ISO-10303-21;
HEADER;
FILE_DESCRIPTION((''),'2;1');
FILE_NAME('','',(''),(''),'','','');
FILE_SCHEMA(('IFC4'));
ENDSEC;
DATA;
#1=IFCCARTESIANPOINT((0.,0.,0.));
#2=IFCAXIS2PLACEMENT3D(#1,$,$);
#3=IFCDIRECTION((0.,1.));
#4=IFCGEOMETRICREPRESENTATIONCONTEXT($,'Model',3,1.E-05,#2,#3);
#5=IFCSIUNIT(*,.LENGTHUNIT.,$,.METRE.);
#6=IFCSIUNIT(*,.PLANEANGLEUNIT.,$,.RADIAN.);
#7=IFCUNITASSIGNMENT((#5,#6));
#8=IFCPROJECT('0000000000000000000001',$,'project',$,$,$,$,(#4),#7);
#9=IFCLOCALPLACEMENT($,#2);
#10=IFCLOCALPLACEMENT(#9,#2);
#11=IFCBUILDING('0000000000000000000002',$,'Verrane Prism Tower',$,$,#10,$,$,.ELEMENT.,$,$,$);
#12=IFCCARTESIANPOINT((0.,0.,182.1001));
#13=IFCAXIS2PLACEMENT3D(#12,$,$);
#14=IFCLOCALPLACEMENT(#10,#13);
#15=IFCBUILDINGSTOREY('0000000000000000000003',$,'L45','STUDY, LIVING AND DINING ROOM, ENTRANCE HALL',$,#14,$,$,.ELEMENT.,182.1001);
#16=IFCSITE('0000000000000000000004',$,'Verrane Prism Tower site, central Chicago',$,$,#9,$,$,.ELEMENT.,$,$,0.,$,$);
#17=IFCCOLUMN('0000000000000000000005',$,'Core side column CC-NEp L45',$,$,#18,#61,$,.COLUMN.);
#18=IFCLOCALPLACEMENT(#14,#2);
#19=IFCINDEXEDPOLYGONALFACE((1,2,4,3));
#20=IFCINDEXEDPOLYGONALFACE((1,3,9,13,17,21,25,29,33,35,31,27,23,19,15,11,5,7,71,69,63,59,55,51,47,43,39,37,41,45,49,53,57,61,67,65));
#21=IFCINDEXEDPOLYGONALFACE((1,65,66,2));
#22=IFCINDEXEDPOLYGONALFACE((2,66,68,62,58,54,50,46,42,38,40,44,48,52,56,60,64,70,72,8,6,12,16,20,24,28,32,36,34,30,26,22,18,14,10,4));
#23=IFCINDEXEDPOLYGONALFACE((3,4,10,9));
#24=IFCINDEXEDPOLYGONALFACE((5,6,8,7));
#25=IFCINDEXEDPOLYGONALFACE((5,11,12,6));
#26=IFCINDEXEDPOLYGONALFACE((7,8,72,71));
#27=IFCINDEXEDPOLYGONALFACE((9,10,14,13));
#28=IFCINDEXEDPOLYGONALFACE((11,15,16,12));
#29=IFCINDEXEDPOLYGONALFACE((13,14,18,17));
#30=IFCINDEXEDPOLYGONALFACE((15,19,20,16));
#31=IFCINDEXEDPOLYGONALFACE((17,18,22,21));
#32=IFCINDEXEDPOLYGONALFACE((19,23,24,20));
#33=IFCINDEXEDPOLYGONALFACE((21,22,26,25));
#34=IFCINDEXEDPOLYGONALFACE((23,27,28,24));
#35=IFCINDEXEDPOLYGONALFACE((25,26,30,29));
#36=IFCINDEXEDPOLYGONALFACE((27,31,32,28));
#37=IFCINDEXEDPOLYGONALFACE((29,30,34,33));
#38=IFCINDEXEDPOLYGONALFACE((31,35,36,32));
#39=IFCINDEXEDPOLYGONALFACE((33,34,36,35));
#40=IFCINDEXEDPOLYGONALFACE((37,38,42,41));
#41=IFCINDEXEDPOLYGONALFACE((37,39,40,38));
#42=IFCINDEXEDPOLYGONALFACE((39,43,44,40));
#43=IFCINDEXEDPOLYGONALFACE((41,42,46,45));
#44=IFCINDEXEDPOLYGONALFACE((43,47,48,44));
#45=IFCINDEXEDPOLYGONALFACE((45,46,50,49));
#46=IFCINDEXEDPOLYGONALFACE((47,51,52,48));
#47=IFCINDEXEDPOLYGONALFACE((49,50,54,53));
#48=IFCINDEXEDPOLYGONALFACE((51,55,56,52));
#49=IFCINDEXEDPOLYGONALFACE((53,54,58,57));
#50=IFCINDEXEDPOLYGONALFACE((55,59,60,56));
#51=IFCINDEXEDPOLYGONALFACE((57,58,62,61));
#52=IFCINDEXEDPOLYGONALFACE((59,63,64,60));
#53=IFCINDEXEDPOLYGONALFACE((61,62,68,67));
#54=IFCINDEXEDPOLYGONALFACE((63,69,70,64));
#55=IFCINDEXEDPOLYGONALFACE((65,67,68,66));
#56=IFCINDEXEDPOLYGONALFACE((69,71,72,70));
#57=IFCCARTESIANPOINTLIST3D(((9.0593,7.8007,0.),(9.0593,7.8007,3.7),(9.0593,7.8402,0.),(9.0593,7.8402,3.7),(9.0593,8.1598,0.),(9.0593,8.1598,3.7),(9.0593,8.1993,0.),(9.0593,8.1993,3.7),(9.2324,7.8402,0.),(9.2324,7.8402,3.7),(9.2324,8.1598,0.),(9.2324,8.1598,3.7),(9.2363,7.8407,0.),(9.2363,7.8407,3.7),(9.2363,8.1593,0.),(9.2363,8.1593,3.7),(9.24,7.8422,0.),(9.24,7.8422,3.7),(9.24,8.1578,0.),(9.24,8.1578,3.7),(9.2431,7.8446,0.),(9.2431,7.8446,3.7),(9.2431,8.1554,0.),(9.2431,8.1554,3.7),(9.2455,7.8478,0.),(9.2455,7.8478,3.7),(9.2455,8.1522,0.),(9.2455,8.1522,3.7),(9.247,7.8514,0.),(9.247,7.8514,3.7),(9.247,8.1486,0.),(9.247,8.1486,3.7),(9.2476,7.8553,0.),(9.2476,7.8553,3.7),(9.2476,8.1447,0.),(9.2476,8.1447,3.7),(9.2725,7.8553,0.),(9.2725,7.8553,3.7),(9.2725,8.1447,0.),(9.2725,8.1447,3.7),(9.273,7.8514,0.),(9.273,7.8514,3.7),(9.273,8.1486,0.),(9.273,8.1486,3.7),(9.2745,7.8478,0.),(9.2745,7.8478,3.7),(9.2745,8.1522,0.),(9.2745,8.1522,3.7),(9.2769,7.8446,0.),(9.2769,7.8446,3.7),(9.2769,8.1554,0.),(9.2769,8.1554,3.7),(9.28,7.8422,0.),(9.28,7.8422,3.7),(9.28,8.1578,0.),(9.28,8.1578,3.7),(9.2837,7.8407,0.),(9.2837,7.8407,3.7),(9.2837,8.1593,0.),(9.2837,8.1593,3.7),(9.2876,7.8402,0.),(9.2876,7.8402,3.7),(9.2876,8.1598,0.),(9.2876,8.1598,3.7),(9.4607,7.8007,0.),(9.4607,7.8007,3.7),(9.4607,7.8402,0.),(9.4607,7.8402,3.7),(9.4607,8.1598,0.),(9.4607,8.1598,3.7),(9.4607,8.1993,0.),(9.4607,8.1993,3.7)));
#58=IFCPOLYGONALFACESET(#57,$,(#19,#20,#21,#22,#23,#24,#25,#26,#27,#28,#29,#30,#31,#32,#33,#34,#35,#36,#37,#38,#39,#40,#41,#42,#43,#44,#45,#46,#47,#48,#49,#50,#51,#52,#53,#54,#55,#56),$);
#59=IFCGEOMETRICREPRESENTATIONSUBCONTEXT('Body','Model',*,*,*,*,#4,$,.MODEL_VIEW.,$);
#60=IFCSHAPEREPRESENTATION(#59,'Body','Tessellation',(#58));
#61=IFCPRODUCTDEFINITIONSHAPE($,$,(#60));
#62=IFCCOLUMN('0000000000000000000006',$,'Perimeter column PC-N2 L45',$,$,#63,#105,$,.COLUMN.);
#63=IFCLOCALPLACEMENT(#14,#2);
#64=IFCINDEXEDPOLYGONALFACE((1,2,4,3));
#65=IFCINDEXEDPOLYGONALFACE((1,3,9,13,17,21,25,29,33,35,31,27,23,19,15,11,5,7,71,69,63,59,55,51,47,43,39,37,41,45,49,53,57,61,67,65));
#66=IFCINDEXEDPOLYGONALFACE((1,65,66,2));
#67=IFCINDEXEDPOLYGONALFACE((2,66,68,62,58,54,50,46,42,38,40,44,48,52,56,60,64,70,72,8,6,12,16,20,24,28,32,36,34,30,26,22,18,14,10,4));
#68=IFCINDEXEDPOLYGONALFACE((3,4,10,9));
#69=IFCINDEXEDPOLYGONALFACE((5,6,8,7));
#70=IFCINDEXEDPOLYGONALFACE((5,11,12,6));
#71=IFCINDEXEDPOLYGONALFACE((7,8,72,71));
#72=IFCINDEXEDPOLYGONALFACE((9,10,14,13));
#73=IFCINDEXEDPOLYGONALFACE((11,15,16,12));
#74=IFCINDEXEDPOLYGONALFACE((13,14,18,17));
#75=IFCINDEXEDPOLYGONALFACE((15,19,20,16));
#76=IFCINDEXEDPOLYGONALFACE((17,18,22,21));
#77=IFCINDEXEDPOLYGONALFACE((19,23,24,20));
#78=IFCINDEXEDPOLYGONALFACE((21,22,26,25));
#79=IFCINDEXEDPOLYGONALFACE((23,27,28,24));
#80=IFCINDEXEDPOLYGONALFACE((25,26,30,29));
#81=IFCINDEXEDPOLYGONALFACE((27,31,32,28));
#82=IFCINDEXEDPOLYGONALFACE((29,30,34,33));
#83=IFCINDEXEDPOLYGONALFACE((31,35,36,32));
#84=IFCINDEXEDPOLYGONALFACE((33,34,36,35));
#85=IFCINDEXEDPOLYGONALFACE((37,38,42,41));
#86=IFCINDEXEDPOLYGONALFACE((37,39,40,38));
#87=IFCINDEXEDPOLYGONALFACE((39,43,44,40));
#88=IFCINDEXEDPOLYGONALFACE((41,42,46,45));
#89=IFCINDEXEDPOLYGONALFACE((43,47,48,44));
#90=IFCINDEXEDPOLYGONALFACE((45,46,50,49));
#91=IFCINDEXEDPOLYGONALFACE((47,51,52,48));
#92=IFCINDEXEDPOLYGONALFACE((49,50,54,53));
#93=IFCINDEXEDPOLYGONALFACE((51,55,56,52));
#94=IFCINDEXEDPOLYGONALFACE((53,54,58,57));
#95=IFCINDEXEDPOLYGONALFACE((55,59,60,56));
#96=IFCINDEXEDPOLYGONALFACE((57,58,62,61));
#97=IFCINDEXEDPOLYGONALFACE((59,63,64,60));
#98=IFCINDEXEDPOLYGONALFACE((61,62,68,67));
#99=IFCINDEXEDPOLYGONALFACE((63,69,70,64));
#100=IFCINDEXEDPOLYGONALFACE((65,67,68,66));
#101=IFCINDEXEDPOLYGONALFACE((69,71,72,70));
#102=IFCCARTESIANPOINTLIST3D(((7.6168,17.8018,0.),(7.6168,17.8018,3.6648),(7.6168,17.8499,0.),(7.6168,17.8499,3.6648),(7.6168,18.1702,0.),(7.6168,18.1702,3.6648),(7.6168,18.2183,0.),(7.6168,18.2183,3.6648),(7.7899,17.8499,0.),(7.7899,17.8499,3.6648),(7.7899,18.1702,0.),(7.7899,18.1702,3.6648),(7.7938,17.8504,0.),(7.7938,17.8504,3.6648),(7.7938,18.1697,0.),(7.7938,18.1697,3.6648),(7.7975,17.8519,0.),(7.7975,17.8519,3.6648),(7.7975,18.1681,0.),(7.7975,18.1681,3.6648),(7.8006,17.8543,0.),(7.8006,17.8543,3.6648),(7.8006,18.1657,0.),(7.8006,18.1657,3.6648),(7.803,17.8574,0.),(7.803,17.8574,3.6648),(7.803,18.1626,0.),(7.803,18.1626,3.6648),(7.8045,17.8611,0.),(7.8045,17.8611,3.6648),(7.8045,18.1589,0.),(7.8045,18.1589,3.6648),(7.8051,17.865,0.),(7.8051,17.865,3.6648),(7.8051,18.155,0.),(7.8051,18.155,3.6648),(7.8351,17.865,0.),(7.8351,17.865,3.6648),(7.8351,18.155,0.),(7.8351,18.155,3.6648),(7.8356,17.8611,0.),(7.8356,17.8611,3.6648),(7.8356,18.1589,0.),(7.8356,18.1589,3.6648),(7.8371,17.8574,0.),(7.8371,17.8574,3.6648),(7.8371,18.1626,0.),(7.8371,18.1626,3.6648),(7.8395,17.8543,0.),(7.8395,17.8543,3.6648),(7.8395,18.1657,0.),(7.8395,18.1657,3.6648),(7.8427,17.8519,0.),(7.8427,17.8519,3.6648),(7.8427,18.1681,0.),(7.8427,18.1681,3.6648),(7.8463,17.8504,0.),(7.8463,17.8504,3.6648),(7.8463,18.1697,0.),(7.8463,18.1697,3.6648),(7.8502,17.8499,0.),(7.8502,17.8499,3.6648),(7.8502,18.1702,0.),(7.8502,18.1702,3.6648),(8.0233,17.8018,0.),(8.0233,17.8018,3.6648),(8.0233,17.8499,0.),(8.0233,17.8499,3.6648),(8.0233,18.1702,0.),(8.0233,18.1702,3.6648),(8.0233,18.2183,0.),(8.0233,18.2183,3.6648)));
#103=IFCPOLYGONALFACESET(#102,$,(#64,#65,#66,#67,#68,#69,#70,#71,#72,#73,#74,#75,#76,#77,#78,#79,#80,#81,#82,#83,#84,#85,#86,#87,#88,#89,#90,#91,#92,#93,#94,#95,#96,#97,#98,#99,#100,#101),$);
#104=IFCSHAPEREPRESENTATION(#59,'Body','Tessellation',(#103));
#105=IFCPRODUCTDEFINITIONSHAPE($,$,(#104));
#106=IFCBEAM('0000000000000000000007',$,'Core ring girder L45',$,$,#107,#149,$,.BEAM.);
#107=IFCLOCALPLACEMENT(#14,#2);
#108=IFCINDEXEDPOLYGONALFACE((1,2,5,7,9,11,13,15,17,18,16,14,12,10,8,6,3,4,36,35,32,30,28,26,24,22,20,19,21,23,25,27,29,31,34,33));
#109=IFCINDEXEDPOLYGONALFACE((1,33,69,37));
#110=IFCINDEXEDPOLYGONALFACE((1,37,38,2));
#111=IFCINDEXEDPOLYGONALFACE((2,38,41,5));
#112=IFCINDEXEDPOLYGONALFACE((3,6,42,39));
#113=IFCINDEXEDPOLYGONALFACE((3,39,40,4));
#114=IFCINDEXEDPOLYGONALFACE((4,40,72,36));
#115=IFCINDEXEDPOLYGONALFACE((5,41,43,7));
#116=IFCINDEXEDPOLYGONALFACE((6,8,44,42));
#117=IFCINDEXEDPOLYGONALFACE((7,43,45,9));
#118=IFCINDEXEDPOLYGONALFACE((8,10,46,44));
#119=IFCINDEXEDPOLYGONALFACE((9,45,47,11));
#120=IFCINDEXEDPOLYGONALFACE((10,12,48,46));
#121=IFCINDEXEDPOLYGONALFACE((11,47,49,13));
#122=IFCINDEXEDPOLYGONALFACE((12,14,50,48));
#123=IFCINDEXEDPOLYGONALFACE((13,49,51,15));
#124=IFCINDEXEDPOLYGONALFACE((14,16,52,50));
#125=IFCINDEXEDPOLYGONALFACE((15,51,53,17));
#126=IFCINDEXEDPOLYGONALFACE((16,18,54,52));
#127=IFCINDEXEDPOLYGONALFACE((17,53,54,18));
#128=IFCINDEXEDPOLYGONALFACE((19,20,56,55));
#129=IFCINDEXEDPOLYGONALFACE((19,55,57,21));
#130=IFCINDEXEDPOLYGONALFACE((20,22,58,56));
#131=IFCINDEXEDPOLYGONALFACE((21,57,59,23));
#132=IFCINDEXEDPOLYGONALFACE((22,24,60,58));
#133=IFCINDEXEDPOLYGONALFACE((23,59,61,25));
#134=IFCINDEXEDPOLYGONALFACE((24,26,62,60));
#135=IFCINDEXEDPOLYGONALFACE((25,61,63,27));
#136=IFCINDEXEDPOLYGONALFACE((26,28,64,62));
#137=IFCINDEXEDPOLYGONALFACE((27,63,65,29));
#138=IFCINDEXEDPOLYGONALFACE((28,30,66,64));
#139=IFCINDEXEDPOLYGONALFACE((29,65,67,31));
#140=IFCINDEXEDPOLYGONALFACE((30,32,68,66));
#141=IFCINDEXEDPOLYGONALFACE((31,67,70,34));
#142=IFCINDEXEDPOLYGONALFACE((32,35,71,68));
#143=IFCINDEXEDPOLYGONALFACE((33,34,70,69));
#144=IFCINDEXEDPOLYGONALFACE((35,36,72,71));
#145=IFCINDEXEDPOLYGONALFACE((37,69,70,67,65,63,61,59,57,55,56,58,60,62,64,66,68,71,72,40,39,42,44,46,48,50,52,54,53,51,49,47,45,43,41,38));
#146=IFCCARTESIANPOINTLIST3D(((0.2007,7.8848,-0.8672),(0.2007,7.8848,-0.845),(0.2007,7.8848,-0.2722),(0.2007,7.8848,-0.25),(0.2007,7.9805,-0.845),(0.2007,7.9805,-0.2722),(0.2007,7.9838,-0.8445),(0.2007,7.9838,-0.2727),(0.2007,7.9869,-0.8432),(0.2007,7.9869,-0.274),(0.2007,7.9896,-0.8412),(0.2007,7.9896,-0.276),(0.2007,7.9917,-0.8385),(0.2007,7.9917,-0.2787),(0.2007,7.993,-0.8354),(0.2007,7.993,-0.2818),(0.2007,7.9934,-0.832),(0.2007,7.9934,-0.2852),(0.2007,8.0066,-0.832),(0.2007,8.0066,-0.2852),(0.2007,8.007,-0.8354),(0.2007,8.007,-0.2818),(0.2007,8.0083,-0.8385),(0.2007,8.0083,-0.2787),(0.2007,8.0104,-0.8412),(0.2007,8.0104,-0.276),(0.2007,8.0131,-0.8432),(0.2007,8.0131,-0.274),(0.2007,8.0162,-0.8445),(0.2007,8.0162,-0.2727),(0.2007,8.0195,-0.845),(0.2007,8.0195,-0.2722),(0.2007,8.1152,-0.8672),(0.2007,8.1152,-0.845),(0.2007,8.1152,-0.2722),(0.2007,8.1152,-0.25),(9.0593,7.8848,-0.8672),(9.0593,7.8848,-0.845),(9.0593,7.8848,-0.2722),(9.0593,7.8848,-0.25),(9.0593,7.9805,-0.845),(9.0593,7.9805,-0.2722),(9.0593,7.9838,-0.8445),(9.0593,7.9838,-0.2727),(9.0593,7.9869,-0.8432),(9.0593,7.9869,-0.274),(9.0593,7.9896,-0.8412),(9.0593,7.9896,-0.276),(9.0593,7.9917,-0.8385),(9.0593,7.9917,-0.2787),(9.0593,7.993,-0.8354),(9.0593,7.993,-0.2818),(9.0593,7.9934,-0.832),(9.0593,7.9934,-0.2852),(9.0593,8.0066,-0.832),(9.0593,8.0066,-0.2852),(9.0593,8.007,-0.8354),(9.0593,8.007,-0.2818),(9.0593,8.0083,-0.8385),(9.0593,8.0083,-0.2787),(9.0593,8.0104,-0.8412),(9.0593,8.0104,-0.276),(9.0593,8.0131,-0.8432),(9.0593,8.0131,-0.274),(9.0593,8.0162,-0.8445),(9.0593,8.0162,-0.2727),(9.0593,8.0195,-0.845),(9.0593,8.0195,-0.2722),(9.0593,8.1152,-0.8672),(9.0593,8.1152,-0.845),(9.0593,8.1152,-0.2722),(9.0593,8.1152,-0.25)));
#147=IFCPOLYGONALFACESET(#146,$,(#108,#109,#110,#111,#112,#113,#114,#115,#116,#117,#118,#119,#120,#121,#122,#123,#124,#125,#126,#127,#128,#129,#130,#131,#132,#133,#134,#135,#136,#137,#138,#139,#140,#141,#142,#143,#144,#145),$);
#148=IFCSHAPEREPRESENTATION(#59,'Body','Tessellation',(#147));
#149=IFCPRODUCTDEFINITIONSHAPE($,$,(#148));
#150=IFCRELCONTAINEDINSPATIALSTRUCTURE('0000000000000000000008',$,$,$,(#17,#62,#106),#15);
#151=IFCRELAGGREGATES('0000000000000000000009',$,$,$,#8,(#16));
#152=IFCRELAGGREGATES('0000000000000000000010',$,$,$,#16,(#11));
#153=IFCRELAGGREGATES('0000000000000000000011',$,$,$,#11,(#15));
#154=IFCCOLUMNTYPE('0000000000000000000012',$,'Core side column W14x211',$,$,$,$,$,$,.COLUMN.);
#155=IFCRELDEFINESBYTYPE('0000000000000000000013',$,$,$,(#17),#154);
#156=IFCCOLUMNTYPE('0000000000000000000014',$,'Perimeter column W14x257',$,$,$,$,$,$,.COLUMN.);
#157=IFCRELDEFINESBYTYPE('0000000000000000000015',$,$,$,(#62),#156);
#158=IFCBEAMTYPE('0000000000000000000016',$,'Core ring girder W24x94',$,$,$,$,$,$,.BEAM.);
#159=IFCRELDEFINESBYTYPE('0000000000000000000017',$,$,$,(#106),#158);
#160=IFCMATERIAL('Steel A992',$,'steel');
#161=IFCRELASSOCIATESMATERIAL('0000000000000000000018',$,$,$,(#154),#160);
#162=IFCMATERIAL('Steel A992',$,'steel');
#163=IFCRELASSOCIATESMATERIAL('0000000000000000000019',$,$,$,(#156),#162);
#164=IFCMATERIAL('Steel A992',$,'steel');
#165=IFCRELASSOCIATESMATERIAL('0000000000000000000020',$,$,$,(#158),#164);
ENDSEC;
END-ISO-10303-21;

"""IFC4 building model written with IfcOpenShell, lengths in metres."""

from ifc_helpers import new_model, si_unit, direction, frame, origin, origin_2d, place, context, subcontext, project, spatial, i_section, extrude, material, material_profile, profile_set, type_object, element, save


model = new_model("IFC4")

# Units and contexts
model_context = context("Model", 3, precision=1e-05, world=origin(), true_north=direction((0.0, 1.0)))
body_context = subcontext(model_context, "Body", "Model", "MODEL_VIEW")
ifc_project = project(units=[si_unit("LENGTHUNIT", "METRE"), si_unit("PLANEANGLEUNIT", "RADIAN")], contexts=[model_context])

# Site, building, storey
site_placement = place(None, origin())
site = spatial("IfcSite", under=ifc_project, at=site_placement, Name="Verrane Prism Tower site, central Chicago", CompositionType="ELEMENT", RefElevation=0.0)
building_placement = place(site_placement, origin())
building = spatial("IfcBuilding", under=site, at=building_placement, Name="Verrane Prism Tower", CompositionType="ELEMENT")
storey_placement = place(building_placement, frame((0.0, 0.0, 182.1001)))
storey = spatial("IfcBuildingStorey", under=building, at=storey_placement, Name="L45", Description="STUDY, LIVING AND DINING ROOM, ENTRANCE HALL", CompositionType="ELEMENT", Elevation=182.1001)

# Columns
ifc_material_1 = material(Name="Steel A992", Category="steel")
ifc_material_profile_1 = material_profile(ifc_material_1, i_section(OverallWidth=0.4014, OverallDepth=0.3987, WebThickness=0.0249, FlangeThickness=0.0396, FilletRadius=0.0151, at=origin_2d()), Name="W14x211")
ifc_profile_set_1 = profile_set([ifc_material_profile_1], Name="Steel A992")
column_type_1 = type_object("IfcColumnType", Name="Core side column W14x211", PredefinedType="COLUMN", material=ifc_profile_set_1)
column_1_placement = place(storey_placement, frame((9.26, 8.0, 0.0), z_axis=(0.0, 0.0, 1.0), x_axis=(1.0, 0.0, 0.0)))
element("IfcColumn", 1, at=column_1_placement, inside=storey, type_object=column_type_1, Name="Core side column CC-NEp L45", PredefinedType="COLUMN", context=body_context, shape_type="SweptSolid", body=[
    extrude(i_section(OverallWidth=0.4014, OverallDepth=0.3987, WebThickness=0.0249, FlangeThickness=0.0396, FilletRadius=0.0151, at=origin_2d()), origin(), (0.0, 0.0, 1.0), 3.7),
])
ifc_material_2 = material(Name="Steel A992", Category="steel")
ifc_material_profile_2 = material_profile(ifc_material_2, i_section(OverallWidth=0.4065, OverallDepth=0.4165, WebThickness=0.03, FlangeThickness=0.0481, FilletRadius=0.0151, at=origin_2d()), Name="W14x257")
ifc_profile_set_2 = profile_set([ifc_material_profile_2], Name="Steel A992")
column_type_2 = type_object("IfcColumnType", Name="Perimeter column W14x257", PredefinedType="COLUMN", material=ifc_profile_set_2)
column_2_placement = place(storey_placement, frame((7.8201, 18.01, 0.0), z_axis=(0.0, 0.0, 1.0), x_axis=(1.0, 0.0, 0.0)))
element("IfcColumn", 2, at=column_2_placement, inside=storey, type_object=column_type_2, Name="Perimeter column PC-N2 L45", PredefinedType="COLUMN", context=body_context, shape_type="SweptSolid", body=[
    extrude(i_section(OverallWidth=0.4065, OverallDepth=0.4165, WebThickness=0.03, FlangeThickness=0.0481, FilletRadius=0.0151, at=origin_2d()), origin(), (0.0, 0.0, 1.0), 3.6648),
])

# Beam
ifc_material_3 = material(Name="Steel A992", Category="steel")
ifc_material_profile_3 = material_profile(ifc_material_3, i_section(OverallWidth=0.2305, OverallDepth=0.6172, WebThickness=0.0132, FlangeThickness=0.0222, FilletRadius=0.0129, at=origin_2d()), Name="W24x94")
ifc_profile_set_3 = profile_set([ifc_material_profile_3], Name="Steel A992")
beam_type_1 = type_object("IfcBeamType", Name="Core ring girder W24x94", PredefinedType="BEAM", material=ifc_profile_set_3)
beam_1_placement = place(storey_placement, frame((9.0593, 8.0, -0.5586), z_axis=(-1.0, 0.0, 0.0), x_axis=(0.0, -1.0, 0.0)))
element("IfcBeam", 3, at=beam_1_placement, inside=storey, type_object=beam_type_1, Name="Core ring girder L45", PredefinedType="BEAM", context=body_context, shape_type="SweptSolid", body=[
    extrude(i_section(OverallWidth=0.2305, OverallDepth=0.6172, WebThickness=0.0132, FlangeThickness=0.0222, FilletRadius=0.0129, at=origin_2d()), origin(), (0.0, 0.0, 1.0), 8.8586),
])

save(model, "model.ifc")
